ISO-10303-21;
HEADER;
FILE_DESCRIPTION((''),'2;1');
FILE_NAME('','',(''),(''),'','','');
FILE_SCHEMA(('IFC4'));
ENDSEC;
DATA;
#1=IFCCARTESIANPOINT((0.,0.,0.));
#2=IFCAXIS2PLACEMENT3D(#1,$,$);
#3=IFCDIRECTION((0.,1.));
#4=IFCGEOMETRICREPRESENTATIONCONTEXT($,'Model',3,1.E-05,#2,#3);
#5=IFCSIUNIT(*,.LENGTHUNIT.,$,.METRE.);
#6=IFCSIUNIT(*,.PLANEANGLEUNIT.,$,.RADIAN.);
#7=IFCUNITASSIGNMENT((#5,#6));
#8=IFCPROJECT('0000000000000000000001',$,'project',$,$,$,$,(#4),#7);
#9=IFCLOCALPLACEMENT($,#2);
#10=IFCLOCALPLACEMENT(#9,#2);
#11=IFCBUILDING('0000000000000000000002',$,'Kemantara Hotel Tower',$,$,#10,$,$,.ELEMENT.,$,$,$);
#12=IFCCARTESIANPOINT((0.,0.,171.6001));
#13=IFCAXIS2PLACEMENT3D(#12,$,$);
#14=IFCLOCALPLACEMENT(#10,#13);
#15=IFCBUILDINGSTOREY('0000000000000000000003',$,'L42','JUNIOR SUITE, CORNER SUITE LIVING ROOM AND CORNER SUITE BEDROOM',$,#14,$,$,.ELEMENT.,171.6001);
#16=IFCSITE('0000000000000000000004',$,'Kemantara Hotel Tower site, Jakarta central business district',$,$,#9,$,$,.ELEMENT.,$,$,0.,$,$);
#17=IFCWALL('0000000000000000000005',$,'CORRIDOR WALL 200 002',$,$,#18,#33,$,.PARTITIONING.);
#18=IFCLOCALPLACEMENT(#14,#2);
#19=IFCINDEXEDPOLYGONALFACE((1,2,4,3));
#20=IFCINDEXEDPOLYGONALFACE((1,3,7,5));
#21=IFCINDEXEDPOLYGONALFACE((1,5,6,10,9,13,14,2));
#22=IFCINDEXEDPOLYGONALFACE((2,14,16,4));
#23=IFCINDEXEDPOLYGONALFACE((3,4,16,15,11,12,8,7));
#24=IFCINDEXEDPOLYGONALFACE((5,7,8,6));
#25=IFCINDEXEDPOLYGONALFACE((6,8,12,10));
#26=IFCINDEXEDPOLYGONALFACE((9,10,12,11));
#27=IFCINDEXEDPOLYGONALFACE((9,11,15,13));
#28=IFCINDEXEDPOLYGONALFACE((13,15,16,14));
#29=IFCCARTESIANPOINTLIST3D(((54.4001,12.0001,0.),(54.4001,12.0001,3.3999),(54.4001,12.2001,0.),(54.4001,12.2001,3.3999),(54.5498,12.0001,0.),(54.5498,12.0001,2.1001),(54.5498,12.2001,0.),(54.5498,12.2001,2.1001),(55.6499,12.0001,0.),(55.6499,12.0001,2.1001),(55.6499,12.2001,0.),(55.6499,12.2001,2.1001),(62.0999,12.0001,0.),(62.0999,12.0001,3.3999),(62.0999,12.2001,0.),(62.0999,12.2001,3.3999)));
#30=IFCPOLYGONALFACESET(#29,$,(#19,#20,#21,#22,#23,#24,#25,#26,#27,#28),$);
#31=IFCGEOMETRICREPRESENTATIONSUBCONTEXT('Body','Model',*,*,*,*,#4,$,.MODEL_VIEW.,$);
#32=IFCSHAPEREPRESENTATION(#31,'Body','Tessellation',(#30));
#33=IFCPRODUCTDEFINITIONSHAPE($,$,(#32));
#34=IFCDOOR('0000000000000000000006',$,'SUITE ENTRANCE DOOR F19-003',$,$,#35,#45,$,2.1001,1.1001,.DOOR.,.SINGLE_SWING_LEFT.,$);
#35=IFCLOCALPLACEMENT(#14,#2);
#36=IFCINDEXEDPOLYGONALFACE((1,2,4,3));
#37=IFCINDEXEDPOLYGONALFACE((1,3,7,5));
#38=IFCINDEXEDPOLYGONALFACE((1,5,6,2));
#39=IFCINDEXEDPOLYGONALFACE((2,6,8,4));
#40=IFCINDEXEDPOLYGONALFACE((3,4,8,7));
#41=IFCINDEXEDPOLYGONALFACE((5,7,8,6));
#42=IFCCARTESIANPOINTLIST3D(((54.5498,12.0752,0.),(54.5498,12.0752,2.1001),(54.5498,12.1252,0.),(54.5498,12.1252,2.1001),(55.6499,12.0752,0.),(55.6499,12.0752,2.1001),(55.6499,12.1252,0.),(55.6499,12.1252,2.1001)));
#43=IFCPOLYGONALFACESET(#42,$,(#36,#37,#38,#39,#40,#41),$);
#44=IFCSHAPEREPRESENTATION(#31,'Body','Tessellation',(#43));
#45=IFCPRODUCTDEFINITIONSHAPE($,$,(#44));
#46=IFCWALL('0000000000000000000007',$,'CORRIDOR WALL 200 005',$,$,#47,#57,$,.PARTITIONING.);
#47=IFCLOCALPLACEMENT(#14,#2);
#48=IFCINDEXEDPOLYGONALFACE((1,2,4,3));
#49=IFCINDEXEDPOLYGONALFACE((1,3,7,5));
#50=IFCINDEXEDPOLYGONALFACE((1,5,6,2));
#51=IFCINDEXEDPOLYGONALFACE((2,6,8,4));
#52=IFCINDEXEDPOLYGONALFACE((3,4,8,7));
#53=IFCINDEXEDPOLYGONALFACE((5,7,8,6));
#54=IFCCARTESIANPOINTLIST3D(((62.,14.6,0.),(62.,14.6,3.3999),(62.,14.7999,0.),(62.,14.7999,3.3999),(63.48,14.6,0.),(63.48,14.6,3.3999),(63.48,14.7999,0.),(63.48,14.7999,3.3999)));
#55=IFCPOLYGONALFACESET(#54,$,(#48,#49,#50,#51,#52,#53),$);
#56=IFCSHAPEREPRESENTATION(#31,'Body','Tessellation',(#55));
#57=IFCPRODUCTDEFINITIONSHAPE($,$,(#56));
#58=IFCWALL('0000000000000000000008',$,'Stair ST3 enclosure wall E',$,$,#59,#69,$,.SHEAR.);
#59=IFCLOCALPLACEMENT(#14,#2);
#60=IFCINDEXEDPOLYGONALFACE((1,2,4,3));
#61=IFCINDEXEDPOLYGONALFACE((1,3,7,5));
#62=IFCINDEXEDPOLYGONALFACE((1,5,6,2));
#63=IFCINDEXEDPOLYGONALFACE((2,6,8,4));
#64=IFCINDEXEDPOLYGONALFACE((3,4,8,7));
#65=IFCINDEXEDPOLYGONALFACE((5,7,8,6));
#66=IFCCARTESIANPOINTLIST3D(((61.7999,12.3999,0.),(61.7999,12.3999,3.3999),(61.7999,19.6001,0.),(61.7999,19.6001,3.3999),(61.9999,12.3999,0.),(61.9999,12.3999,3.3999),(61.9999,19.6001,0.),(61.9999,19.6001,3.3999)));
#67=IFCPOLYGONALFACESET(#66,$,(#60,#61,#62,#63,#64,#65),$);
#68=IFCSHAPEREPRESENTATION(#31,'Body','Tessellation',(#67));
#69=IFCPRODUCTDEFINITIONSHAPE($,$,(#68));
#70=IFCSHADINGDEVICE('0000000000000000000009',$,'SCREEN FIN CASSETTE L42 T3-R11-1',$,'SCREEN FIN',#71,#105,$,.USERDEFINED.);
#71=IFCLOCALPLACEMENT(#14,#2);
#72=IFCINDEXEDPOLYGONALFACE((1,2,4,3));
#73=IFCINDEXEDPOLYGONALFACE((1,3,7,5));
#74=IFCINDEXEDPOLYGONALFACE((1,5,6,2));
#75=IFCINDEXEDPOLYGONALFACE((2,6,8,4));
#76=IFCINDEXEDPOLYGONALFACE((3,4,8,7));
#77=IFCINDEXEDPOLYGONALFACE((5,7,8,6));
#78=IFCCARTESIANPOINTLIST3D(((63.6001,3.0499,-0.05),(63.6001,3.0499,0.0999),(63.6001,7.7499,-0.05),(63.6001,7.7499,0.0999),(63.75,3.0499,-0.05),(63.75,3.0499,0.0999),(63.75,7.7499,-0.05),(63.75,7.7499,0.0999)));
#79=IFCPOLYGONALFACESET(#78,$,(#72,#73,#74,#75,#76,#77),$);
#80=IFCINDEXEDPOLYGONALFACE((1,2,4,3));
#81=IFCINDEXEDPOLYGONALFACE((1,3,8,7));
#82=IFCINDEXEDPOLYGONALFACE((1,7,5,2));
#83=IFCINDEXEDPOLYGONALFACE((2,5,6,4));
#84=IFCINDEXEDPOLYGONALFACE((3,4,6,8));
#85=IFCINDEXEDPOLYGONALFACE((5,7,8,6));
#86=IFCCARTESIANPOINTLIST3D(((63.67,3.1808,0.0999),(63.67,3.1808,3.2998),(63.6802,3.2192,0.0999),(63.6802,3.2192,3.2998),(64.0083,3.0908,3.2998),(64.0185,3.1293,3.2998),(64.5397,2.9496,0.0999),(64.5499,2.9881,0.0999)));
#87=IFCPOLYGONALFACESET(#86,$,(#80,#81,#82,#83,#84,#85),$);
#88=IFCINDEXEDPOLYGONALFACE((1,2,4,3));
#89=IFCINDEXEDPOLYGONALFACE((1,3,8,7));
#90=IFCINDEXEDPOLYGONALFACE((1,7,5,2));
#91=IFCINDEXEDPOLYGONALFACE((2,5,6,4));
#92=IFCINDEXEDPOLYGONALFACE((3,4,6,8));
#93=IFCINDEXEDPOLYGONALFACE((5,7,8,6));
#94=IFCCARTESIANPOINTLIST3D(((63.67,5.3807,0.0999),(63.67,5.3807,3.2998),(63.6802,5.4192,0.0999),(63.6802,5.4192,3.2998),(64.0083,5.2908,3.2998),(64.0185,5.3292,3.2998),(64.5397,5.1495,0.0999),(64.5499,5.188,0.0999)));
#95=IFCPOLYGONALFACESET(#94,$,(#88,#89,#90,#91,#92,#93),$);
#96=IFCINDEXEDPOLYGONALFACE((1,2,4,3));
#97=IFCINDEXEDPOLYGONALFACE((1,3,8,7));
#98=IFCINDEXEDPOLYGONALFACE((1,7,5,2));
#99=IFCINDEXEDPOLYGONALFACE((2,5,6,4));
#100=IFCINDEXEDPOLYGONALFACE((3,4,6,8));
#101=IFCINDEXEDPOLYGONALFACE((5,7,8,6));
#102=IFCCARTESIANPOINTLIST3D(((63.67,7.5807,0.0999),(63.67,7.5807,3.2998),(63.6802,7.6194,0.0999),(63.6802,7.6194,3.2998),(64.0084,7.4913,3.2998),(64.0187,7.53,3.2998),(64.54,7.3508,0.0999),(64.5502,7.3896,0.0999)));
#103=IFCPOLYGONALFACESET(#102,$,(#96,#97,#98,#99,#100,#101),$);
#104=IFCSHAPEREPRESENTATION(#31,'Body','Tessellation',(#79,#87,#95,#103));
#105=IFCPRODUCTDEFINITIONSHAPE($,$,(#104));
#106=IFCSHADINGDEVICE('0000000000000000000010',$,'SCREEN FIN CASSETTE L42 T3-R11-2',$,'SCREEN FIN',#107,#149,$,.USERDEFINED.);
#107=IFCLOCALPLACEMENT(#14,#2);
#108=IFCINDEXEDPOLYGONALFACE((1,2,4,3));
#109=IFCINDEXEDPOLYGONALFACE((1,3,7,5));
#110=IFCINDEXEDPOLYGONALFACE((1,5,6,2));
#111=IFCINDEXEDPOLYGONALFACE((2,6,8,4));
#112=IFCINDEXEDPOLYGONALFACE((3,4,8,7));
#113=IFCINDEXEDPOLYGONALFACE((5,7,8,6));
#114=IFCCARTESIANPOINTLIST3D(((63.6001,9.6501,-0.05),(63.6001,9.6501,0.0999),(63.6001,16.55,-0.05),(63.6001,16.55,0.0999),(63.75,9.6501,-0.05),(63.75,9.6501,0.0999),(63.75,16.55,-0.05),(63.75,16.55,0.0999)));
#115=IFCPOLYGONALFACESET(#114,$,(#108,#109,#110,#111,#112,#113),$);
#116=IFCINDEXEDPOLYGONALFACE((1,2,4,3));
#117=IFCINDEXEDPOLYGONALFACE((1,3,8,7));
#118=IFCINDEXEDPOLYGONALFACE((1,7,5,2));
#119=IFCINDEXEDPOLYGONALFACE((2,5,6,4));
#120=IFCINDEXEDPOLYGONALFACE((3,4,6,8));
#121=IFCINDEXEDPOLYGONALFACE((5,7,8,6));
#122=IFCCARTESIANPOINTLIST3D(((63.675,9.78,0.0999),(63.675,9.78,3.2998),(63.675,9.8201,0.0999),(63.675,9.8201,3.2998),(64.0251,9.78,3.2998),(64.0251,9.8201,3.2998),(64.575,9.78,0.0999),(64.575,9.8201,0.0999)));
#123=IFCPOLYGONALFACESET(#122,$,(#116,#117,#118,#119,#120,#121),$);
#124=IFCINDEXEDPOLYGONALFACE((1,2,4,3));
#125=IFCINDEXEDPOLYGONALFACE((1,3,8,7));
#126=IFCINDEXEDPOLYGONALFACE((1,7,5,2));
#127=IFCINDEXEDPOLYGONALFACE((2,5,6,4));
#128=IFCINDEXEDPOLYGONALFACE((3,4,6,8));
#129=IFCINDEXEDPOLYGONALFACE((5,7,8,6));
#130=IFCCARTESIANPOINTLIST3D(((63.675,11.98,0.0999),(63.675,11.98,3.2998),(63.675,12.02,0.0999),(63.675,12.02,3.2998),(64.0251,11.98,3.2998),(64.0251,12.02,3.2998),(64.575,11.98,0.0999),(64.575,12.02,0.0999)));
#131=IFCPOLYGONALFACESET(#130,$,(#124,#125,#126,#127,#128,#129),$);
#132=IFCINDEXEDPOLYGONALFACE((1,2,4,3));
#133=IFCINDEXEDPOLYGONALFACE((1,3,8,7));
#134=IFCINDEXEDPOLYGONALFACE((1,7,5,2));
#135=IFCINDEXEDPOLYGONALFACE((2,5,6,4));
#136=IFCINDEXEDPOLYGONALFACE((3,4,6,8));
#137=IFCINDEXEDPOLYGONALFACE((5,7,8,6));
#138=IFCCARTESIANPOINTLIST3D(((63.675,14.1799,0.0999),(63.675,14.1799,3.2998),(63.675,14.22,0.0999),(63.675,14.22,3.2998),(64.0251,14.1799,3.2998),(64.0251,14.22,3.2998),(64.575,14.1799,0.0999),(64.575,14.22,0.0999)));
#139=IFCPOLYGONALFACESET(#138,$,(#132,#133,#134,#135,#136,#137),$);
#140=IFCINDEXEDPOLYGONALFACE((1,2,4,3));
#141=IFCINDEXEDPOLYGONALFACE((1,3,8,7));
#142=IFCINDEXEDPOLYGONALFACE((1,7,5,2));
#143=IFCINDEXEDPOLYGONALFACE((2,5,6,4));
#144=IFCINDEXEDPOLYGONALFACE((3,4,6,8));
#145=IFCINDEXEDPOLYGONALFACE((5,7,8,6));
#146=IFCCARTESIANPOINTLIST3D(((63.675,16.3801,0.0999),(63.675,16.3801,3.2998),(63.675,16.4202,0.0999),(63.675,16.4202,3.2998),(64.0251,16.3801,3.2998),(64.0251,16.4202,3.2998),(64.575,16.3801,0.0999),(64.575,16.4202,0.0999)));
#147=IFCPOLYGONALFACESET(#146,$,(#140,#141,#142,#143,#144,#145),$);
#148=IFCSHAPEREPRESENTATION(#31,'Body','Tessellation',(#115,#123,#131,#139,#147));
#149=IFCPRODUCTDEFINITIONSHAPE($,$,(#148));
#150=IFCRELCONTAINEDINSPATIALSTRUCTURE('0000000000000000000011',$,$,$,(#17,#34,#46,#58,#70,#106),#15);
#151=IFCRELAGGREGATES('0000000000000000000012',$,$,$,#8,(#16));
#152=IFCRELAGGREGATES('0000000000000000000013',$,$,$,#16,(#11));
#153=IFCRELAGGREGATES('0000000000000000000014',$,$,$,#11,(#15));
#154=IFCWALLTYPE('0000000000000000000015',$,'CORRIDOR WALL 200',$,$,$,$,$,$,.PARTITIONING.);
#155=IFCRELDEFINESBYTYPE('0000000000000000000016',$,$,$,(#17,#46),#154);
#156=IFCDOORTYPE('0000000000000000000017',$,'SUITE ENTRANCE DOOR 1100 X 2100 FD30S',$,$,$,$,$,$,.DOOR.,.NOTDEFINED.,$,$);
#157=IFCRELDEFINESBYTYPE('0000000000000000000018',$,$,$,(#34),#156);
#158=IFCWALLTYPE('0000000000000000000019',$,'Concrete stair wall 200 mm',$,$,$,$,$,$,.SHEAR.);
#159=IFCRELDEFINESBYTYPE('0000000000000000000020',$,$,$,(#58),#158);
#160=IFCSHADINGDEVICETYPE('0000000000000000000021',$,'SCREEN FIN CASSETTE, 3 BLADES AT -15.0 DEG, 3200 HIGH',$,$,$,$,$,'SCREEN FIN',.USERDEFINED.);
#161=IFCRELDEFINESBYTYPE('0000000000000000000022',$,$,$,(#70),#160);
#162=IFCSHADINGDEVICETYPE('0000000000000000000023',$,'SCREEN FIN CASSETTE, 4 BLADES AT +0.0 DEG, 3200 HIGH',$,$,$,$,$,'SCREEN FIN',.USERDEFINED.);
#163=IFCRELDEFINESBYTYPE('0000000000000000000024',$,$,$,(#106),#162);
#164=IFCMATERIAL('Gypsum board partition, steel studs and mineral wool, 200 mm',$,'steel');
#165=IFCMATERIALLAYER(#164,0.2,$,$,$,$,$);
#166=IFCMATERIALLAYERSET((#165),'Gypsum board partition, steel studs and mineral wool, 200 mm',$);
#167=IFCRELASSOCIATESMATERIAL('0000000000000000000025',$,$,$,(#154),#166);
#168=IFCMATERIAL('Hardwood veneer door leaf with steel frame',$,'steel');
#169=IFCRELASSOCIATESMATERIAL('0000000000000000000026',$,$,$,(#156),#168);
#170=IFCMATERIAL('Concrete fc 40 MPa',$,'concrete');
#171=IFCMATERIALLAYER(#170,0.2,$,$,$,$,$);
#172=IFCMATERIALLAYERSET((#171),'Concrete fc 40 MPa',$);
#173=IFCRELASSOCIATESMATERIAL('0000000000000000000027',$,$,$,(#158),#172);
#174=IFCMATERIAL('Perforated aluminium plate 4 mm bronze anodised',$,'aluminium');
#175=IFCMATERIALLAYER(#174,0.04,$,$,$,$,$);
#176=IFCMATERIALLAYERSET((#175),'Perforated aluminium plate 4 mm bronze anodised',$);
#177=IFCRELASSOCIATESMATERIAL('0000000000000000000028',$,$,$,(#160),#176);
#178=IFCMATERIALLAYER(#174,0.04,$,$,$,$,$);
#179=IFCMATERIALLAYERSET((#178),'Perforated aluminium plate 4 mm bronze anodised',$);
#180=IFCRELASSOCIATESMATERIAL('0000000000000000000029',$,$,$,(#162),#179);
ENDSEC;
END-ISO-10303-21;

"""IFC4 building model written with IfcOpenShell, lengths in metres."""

from ifc_helpers import new_model, si_unit, direction, frame, frame_2d, origin, origin_2d, place, context, subcontext, project, spatial, polyline, rectangle, outline, extrude, source, transform, mapped, material, layer, layer_set, type_object, element, fill, save


model = new_model("IFC4")

# Units and contexts
model_context = context("Model", 3, precision=1e-05, world=origin(), true_north=direction((0.0, 1.0)))
body_context = subcontext(model_context, "Body", "Model", "MODEL_VIEW")
ifc_project = project(units=[si_unit("LENGTHUNIT", "METRE"), si_unit("PLANEANGLEUNIT", "RADIAN")], contexts=[model_context])

# Site, building, storey
site_placement = place(None, origin())
site = spatial("IfcSite", under=ifc_project, at=site_placement, Name="Kemantara Hotel Tower site, Jakarta central business district", CompositionType="ELEMENT", RefElevation=0.0)
building_placement = place(site_placement, origin())
building = spatial("IfcBuilding", under=site, at=building_placement, Name="Kemantara Hotel Tower", CompositionType="ELEMENT")
storey_placement = place(building_placement, frame((0.0, 0.0, 171.6001)))
storey = spatial("IfcBuildingStorey", under=building, at=storey_placement, Name="L42", Description="JUNIOR SUITE, CORNER SUITE LIVING ROOM AND CORNER SUITE BEDROOM", CompositionType="ELEMENT", Elevation=171.6001)

# Wall, opening, door
ifc_material_1 = material(Name="Gypsum board partition, steel studs and mineral wool, 200 mm", Category="steel")
ifc_layer_1 = layer(ifc_material_1, 0.2)
ifc_layer_set_1 = layer_set([ifc_layer_1], Name="Gypsum board partition, steel studs and mineral wool, 200 mm")
wall_type_1 = type_object("IfcWallType", Name="CORRIDOR WALL 200", PredefinedType="PARTITIONING", material=ifc_layer_set_1)
wall_1_placement = place(storey_placement, frame((62.0999, 12.1001, 0.0), z_axis=(0.0, 0.0, 1.0), x_axis=(-1.0, 0.0, 0.0)))
wall_1 = element("IfcWall", 1, at=wall_1_placement, inside=storey, type_object=wall_type_1, Name="CORRIDOR WALL 200 002", PredefinedType="PARTITIONING", context=body_context, shape_type="SweptSolid", body=[
    extrude(rectangle(XDim=7.6997, YDim=0.2, at=frame_2d((3.8499, 0.0))), origin(), (0.0, 0.0, 1.0), 3.3999),
])
opening_placement = place(wall_1_placement, frame((6.45, 0.0, 0.0)))
opening = element("IfcOpeningElement", 2, at=opening_placement, cuts=wall_1, PredefinedType="OPENING", context=body_context, shape_type="SweptSolid", body=[
    extrude(rectangle(XDim=1.1001, YDim=2.1001, at=frame_2d((0.55, 1.05))), frame((0.0, 0.1099, 0.0), z_axis=(0.0, -1.0, 0.0), x_axis=(1.0, 0.0, 0.0)), (0.0, 0.0, 1.0), 0.22),
])
ifc_material_2 = material(Name="Hardwood veneer door leaf with steel frame", Category="steel")
door_type = type_object("IfcDoorType", Name="SUITE ENTRANCE DOOR 1100 X 2100 FD30S", OperationType="NOTDEFINED", PredefinedType="DOOR", material=ifc_material_2)
door_placement = place(opening_placement, origin())
door = element("IfcDoor", 3, at=door_placement, inside=storey, type_object=door_type, Name="SUITE ENTRANCE DOOR F19-003", OperationType="SINGLE_SWING_LEFT", OverallHeight=2.1001, OverallWidth=1.1001, PredefinedType="DOOR", context=body_context, shape_type="SweptSolid", body=[
    extrude(rectangle(XDim=1.1001, YDim=2.1001, at=frame_2d((0.55, 1.05))), frame((0.0, 0.0249, 0.0), z_axis=(0.0, -1.0, 0.0), x_axis=(1.0, 0.0, 0.0)), (0.0, 0.0, 1.0), 0.05),
])
fill(opening, door)

# Walls
wall_2_placement = place(storey_placement, frame((62.0, 14.7, 0.0), z_axis=(0.0, 0.0, 1.0), x_axis=(1.0, 0.0, 0.0)))
element("IfcWall", 4, at=wall_2_placement, inside=storey, type_object=wall_type_1, Name="CORRIDOR WALL 200 005", PredefinedType="PARTITIONING", context=body_context, shape_type="SweptSolid", body=[
    extrude(rectangle(XDim=1.48, YDim=0.2, at=frame_2d((0.74, 0.0))), origin(), (0.0, 0.0, 1.0), 3.3999),
])
ifc_material_3 = material(Name="Concrete fc 40 MPa", Category="concrete")
ifc_layer_2 = layer(ifc_material_3, 0.2)
ifc_layer_set_2 = layer_set([ifc_layer_2], Name="Concrete fc 40 MPa")
wall_type_2 = type_object("IfcWallType", Name="Concrete stair wall 200 mm", PredefinedType="SHEAR", material=ifc_layer_set_2)
wall_3_placement = place(storey_placement, frame((61.8999, 12.3999, 0.0), z_axis=(0.0, 0.0, 1.0), x_axis=(0.0, 1.0, 0.0)))
element("IfcWall", 5, at=wall_3_placement, inside=storey, type_object=wall_type_2, Name="Stair ST3 enclosure wall E", PredefinedType="SHEAR", context=body_context, shape_type="SweptSolid", body=[
    extrude(rectangle(XDim=7.2002, YDim=0.2, at=frame_2d((3.6001, 0.0))), origin(), (0.0, 0.0, 1.0), 3.3999),
])

# Shading devices
ifc_material_4 = material(Name="Perforated aluminium plate 4 mm bronze anodised", Category="aluminium")
ifc_layer_3 = layer(ifc_material_4, 0.04)
ifc_layer_set_3 = layer_set([ifc_layer_3], Name="Perforated aluminium plate 4 mm bronze anodised")
shading_device_type_1 = type_object("IfcShadingDeviceType", Name="SCREEN FIN CASSETTE, 3 BLADES AT -15.0 DEG, 3200 HIGH", ElementType="SCREEN FIN", PredefinedType="USERDEFINED", material=ifc_layer_set_3)
shared_shape_1 = source(origin(), body_context, "Body", "SweptSolid", [
    extrude(rectangle(XDim=4.7, YDim=0.1499, at=origin_2d()), frame((2.2, -0.075, -0.1499), z_axis=(0.0, 0.0, 1.0), x_axis=(1.0, 0.0, 0.0)), (0.0, 0.0, 1.0), 0.1499),
    extrude(outline(polyline([(0.0, 0.0), (0.8999, 0.0), (0.3501, 3.2), (0.0, 3.2), (0.0, 0.0)])), frame((0.0193, -0.0801, 0.0), z_axis=(-0.966438, 0.256901, 0.0), x_axis=(-0.256901, -0.966438, 0.0)), (0.0, 0.0, 1.0), 0.0398),
    extrude(outline(polyline([(0.0, 0.0), (0.8999, 0.0), (0.3501, 3.2), (0.0, 3.2), (0.0, 0.0)])), frame((2.2192, -0.0801, 0.0), z_axis=(-0.966438, 0.256901, 0.0), x_axis=(-0.256901, -0.966438, 0.0)), (0.0, 0.0, 1.0), 0.0398),
    extrude(outline(polyline([(0.0, 0.0), (0.8999, 0.0), (0.3501, 3.2), (0.0, 3.2), (0.0, 0.0)])), frame((4.4194, -0.0801, 0.0), z_axis=(-0.966838, 0.255391, 0.0), x_axis=(-0.255391, -0.966838, 0.0)), (0.0, 0.0, 1.0), 0.04),
])
shading_device_1_placement = place(storey_placement, frame((63.6001, 3.2, 0.0999), z_axis=(0.0, 0.0, 1.0), x_axis=(0.0, 1.0, 0.0)))
element("IfcShadingDevice", 6, at=shading_device_1_placement, inside=storey, type_object=shading_device_type_1, Name="SCREEN FIN CASSETTE L42 T3-R11-1", ObjectType="SCREEN FIN", PredefinedType="USERDEFINED", context=body_context, shape_type="MappedRepresentation", body=[
    mapped(shared_shape_1, transform((0.0, 0.0, 0.0))),
])
ifc_layer_4 = layer(ifc_material_4, 0.04)
ifc_layer_set_4 = layer_set([ifc_layer_4], Name="Perforated aluminium plate 4 mm bronze anodised")
shading_device_type_2 = type_object("IfcShadingDeviceType", Name="SCREEN FIN CASSETTE, 4 BLADES AT +0.0 DEG, 3200 HIGH", ElementType="SCREEN FIN", PredefinedType="USERDEFINED", material=ifc_layer_set_4)
shared_shape_2 = source(origin(), body_context, "Body", "SweptSolid", [
    extrude(rectangle(XDim=6.8999, YDim=0.1499, at=origin_2d()), frame((3.3, -0.075, -0.1499), z_axis=(0.0, 0.0, 1.0), x_axis=(1.0, 0.0, 0.0)), (0.0, 0.0, 1.0), 0.1499),
    extrude(outline(polyline([(0.0, 0.0), (0.8999, 0.0), (0.3501, 3.2), (0.0, 3.2), (0.0, 0.0)])), frame((0.02, -0.075, 0.0), z_axis=(-1.0, 0.0, 0.0), x_axis=(0.0, -1.0, 0.0)), (0.0, 0.0, 1.0), 0.04),
    extrude(outline(polyline([(0.0, 0.0), (0.8999, 0.0), (0.3501, 3.2), (0.0, 3.2), (0.0, 0.0)])), frame((2.22, -0.075, 0.0), z_axis=(-1.0, 0.0, 0.0), x_axis=(0.0, -1.0, 0.0)), (0.0, 0.0, 1.0), 0.04),
    extrude(outline(polyline([(0.0, 0.0), (0.8999, 0.0), (0.3501, 3.2), (0.0, 3.2), (0.0, 0.0)])), frame((4.4199, -0.075, 0.0), z_axis=(-1.0, 0.0, 0.0), x_axis=(0.0, -1.0, 0.0)), (0.0, 0.0, 1.0), 0.04),
    extrude(outline(polyline([(0.0, 0.0), (0.8999, 0.0), (0.3501, 3.2), (0.0, 3.2), (0.0, 0.0)])), frame((6.6201, -0.075, 0.0), z_axis=(-1.0, 0.0, 0.0), x_axis=(0.0, -1.0, 0.0)), (0.0, 0.0, 1.0), 0.04),
])
shading_device_2_placement = place(storey_placement, frame((63.6001, 9.8, 0.0999), z_axis=(0.0, 0.0, 1.0), x_axis=(0.0, 1.0, 0.0)))
element("IfcShadingDevice", 7, at=shading_device_2_placement, inside=storey, type_object=shading_device_type_2, Name="SCREEN FIN CASSETTE L42 T3-R11-2", ObjectType="SCREEN FIN", PredefinedType="USERDEFINED", context=body_context, shape_type="MappedRepresentation", body=[
    mapped(shared_shape_2, transform((0.0, 0.0, 0.0))),
])

save(model, "model.ifc")
